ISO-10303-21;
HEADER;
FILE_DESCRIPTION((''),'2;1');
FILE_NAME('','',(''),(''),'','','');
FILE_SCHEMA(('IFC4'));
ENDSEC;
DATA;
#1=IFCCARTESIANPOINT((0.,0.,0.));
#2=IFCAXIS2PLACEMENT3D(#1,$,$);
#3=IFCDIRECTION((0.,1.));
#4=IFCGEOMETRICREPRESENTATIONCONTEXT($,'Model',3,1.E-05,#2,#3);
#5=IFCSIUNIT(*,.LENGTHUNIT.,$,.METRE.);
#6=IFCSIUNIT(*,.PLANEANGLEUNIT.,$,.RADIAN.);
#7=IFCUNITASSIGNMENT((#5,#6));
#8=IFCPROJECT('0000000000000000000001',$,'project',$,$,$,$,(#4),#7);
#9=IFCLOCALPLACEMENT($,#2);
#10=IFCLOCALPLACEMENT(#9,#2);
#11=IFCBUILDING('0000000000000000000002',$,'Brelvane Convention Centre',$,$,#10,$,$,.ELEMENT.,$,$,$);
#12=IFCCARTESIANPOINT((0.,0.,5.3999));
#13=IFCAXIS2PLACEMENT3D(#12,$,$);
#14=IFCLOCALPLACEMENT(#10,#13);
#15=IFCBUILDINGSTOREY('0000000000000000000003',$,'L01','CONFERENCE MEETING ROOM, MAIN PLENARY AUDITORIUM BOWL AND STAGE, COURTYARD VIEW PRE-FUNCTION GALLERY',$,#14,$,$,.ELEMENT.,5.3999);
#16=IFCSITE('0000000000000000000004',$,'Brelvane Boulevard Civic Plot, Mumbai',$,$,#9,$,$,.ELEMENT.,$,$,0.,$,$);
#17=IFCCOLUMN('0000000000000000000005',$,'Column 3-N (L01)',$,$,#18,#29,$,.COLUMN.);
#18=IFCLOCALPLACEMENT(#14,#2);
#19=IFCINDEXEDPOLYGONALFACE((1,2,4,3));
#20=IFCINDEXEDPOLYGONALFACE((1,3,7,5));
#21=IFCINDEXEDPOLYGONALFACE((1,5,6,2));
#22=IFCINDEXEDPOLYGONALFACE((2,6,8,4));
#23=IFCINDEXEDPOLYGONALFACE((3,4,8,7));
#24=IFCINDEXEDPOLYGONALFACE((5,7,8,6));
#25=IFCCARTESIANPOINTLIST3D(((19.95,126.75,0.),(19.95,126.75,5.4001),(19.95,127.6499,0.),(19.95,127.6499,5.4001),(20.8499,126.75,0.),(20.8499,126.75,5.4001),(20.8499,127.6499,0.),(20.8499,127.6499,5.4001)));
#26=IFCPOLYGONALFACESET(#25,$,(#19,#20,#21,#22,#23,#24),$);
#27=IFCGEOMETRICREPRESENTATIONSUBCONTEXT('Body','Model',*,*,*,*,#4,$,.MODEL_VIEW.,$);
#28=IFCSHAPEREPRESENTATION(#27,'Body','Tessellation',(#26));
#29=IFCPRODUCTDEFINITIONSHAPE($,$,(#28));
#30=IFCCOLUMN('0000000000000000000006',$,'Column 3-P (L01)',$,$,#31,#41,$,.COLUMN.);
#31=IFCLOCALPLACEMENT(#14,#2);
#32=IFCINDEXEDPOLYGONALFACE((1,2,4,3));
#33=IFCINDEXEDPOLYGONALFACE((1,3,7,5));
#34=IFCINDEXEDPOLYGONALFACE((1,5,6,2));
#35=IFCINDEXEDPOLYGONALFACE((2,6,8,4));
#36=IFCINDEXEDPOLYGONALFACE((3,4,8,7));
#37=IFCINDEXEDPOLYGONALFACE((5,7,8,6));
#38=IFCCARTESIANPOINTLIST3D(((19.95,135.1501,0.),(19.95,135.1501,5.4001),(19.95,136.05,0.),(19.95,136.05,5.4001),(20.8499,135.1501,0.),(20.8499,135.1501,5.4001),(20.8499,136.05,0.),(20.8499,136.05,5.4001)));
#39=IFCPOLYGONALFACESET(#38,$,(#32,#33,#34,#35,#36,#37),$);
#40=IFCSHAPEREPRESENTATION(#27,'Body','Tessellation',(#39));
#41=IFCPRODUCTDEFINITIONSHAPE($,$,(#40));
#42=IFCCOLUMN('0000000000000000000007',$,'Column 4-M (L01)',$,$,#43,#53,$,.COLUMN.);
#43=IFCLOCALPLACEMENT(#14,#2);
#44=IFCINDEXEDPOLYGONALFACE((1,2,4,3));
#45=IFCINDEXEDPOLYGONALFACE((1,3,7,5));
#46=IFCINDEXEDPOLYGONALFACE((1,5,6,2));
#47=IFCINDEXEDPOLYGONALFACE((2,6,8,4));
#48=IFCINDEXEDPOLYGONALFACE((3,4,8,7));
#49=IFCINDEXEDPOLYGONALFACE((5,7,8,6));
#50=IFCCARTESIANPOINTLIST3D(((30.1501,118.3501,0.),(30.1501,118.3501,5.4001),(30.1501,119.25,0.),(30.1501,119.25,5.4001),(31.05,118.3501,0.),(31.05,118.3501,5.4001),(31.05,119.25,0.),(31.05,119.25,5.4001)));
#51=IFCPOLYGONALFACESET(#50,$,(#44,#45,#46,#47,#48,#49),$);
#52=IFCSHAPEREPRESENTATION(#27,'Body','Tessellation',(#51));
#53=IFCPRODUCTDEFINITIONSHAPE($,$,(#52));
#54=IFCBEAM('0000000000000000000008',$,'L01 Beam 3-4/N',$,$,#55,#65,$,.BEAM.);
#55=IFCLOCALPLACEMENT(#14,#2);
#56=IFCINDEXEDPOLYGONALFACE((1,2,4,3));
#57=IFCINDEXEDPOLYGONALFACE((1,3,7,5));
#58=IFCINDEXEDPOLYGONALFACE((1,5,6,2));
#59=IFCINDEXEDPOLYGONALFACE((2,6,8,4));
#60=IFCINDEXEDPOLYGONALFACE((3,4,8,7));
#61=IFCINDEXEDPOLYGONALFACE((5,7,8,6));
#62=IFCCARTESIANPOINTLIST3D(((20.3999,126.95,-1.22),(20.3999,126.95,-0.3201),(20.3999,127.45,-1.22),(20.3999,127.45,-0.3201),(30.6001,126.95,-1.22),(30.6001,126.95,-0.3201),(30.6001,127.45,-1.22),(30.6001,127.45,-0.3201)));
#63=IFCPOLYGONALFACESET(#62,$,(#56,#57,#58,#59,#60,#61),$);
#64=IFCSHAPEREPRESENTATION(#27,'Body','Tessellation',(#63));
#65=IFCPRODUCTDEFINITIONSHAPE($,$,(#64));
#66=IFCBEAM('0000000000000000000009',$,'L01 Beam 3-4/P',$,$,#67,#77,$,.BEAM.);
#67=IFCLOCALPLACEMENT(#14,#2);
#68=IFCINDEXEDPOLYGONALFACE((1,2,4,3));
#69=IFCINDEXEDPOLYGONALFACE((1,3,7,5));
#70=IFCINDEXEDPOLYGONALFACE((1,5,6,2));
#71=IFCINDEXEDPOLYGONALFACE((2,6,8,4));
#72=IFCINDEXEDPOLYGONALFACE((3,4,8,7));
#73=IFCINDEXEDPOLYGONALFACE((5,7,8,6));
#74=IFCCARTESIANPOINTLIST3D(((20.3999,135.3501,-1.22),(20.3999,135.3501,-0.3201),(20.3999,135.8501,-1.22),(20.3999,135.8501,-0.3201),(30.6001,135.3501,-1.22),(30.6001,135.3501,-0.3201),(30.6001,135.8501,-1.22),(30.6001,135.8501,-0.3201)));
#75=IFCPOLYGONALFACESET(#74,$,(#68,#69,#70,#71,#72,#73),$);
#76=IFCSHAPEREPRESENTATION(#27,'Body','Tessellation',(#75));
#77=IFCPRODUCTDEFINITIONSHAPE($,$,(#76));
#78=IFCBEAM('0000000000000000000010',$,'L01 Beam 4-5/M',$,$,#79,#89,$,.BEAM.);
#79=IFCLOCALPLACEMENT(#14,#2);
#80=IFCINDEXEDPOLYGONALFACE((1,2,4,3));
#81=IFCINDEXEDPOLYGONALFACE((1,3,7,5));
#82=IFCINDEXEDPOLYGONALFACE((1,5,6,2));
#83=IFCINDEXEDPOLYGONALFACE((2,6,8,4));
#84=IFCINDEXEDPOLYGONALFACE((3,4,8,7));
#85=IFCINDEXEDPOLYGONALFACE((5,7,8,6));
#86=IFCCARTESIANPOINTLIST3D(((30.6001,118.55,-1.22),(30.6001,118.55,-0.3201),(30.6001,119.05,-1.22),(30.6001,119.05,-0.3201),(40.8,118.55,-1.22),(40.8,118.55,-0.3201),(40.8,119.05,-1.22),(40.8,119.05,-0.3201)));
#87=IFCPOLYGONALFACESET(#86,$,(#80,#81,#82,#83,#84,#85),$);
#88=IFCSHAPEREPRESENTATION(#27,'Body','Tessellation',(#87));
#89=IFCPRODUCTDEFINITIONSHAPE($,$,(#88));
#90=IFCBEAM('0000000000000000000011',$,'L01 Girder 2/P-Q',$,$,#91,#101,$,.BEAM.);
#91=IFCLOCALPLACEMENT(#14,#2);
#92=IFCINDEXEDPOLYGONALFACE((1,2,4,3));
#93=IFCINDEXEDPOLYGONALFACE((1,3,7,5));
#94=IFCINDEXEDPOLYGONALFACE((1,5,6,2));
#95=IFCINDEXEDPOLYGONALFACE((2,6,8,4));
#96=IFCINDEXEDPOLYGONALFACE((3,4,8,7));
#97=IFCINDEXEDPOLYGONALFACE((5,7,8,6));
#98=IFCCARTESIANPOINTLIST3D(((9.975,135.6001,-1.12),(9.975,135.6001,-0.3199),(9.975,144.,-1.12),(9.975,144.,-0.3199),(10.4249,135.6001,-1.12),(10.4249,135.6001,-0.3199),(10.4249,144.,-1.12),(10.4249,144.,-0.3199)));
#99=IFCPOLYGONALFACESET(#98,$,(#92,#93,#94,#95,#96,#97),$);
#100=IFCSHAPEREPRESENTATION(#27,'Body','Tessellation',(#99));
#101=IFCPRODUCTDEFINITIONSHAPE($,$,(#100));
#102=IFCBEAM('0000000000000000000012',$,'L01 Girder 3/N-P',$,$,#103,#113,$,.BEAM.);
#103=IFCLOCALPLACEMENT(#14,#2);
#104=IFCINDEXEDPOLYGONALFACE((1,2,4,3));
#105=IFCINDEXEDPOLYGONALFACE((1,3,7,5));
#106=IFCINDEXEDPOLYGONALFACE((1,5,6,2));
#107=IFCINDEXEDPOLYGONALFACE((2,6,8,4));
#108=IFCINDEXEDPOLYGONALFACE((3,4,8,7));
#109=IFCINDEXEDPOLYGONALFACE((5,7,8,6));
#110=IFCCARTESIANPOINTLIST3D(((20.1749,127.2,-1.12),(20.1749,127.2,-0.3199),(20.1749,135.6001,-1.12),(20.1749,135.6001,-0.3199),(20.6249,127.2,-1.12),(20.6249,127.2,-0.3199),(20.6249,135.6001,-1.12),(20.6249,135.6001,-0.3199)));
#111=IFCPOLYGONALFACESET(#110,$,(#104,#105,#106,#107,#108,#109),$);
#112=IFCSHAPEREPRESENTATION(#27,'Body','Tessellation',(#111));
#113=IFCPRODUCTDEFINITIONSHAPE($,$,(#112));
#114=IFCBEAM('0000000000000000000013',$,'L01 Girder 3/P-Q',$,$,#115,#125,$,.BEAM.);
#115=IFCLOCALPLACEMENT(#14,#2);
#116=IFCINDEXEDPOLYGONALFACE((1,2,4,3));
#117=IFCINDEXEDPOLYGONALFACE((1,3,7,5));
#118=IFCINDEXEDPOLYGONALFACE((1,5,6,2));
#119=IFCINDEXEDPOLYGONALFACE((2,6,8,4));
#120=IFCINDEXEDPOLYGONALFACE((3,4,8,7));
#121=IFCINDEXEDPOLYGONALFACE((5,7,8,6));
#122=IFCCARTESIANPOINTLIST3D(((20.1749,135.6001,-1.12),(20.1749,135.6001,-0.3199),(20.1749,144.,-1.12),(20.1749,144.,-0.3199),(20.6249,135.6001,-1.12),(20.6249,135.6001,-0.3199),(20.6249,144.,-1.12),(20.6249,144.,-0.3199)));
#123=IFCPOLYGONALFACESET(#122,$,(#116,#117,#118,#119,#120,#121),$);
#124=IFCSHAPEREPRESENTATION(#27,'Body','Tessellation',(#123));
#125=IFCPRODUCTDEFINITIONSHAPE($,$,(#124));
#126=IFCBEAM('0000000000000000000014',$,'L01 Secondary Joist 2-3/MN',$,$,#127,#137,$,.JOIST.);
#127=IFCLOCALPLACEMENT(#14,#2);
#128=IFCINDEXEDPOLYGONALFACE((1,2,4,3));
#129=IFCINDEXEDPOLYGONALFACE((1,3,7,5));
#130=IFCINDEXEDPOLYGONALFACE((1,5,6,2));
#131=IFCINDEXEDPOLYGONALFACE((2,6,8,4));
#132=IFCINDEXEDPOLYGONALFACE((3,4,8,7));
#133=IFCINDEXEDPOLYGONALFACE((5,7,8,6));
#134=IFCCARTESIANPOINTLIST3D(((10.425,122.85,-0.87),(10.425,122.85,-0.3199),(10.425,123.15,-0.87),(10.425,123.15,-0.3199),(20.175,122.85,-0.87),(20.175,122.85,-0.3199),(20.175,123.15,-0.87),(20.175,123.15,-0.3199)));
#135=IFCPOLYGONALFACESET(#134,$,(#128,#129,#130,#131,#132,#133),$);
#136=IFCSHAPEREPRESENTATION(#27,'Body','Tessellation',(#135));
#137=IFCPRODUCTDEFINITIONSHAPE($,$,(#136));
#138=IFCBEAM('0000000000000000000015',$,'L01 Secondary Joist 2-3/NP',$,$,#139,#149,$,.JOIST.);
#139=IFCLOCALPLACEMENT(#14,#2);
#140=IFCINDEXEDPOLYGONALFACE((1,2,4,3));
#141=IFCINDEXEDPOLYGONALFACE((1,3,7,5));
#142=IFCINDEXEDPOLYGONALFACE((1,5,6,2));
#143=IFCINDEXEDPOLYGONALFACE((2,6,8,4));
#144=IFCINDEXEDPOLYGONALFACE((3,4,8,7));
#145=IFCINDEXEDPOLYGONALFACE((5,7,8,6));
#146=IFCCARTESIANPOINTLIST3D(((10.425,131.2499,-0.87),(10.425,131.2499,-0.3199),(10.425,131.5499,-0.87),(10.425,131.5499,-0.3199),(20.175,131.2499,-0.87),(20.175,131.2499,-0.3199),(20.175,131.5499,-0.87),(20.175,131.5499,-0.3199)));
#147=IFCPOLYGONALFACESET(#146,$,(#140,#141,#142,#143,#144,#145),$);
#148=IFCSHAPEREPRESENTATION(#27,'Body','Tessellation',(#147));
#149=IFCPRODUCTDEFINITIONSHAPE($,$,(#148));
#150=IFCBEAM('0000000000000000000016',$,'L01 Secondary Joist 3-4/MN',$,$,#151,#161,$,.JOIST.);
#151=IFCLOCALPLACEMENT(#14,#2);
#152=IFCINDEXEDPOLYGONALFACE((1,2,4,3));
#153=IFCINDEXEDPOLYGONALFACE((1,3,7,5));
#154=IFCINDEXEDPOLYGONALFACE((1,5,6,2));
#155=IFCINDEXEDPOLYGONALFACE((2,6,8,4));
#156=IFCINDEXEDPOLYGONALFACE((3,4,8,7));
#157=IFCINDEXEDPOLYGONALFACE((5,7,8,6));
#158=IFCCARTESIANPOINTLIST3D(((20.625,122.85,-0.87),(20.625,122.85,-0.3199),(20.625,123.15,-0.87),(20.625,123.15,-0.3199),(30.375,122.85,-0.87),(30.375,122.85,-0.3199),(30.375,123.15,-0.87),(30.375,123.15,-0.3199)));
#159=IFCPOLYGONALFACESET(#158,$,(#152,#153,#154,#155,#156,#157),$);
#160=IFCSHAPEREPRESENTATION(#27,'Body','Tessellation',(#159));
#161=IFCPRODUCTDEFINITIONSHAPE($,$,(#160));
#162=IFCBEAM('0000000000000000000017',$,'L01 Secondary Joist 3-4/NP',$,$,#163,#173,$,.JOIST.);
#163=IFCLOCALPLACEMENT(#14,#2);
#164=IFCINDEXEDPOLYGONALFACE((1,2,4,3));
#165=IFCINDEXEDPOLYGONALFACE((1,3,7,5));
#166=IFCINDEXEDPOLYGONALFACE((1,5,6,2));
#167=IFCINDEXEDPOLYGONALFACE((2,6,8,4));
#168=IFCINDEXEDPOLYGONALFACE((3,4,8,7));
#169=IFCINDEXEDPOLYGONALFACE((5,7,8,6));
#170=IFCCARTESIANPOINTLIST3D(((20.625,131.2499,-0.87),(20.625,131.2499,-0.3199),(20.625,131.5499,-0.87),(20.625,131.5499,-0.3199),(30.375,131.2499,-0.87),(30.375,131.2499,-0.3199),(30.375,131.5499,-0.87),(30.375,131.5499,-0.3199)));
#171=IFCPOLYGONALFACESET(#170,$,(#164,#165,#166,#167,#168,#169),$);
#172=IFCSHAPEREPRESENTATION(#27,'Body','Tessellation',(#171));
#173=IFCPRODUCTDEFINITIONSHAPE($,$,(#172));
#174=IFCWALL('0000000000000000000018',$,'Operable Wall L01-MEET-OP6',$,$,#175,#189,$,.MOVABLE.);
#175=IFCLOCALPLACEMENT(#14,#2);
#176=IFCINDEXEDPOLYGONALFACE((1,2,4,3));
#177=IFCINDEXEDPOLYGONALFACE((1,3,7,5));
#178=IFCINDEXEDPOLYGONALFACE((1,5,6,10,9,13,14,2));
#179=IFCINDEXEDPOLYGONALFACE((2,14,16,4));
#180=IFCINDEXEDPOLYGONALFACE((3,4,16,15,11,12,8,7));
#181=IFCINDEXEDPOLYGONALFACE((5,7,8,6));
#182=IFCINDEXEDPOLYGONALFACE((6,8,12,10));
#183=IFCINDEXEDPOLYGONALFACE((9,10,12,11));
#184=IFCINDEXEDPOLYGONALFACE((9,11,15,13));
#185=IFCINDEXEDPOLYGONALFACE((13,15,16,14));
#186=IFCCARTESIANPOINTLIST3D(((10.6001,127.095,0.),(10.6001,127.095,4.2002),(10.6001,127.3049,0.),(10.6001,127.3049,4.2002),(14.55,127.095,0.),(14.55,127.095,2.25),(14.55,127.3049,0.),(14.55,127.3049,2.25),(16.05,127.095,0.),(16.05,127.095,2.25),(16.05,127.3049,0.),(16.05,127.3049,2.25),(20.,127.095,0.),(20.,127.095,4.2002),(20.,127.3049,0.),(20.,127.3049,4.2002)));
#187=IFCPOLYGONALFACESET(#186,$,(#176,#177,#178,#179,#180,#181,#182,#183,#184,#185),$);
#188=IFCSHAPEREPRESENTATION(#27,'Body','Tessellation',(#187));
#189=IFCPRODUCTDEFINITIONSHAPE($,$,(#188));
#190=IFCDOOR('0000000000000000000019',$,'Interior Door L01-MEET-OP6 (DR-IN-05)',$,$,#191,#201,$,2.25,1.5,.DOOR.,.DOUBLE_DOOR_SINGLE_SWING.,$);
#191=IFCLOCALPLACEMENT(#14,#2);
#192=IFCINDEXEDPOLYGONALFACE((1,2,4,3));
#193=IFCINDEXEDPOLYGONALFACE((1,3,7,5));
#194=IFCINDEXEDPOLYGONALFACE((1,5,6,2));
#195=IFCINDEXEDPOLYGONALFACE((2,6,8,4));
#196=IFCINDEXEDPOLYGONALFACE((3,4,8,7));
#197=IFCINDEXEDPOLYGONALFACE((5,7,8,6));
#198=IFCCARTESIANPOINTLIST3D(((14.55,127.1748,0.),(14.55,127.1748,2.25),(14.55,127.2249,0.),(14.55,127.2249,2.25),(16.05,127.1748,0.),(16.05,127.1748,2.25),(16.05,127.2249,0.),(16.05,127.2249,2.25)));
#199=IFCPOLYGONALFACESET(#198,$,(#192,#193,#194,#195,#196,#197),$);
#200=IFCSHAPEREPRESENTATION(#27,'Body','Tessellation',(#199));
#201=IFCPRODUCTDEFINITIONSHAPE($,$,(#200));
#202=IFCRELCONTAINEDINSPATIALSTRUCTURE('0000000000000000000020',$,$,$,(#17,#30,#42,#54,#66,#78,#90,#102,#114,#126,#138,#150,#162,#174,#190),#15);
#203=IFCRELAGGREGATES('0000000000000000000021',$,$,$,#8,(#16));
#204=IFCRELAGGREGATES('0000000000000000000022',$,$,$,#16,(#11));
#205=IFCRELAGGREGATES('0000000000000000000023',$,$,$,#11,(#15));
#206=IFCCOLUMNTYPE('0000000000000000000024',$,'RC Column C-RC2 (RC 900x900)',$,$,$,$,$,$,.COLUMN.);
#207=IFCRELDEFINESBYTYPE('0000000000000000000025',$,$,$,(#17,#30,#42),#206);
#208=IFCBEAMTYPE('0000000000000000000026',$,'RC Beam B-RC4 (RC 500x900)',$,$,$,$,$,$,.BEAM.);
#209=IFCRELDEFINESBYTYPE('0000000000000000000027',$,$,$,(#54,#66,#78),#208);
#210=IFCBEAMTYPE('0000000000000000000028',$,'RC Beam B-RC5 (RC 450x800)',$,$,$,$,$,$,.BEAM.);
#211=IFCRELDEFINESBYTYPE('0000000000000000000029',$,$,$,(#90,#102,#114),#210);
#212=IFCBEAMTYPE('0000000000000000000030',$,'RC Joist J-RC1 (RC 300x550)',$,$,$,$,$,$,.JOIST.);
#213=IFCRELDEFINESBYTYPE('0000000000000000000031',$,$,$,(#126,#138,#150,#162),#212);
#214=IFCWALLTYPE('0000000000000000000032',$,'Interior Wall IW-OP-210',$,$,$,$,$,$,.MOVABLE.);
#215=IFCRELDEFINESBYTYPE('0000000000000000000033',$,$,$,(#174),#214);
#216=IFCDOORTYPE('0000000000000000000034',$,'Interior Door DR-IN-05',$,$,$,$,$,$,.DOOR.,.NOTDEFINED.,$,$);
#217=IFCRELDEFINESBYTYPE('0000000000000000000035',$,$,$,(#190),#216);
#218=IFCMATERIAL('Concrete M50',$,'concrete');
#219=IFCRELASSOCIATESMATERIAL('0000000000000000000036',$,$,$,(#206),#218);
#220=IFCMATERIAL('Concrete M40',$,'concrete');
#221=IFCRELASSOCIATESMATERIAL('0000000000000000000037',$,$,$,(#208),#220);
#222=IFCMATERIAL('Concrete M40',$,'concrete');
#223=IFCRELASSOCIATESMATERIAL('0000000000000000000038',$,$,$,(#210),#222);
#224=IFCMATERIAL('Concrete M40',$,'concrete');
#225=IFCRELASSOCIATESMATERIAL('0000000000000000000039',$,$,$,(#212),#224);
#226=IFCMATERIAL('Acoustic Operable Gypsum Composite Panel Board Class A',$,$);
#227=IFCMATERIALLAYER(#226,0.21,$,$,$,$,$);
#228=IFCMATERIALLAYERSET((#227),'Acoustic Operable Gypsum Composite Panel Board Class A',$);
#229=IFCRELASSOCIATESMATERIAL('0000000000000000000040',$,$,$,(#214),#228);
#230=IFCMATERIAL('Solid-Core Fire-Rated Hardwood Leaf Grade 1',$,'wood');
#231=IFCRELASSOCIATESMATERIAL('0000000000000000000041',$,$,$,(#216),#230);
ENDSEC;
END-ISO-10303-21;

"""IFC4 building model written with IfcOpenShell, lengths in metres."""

from ifc_helpers import new_model, si_unit, direction, frame, frame_2d, origin, origin_2d, place, context, subcontext, project, spatial, rectangle, extrude, material, layer, layer_set, material_profile, profile_set, type_object, element, fill, save


model = new_model("IFC4")

# Units and contexts
model_context = context("Model", 3, precision=1e-05, world=origin(), true_north=direction((0.0, 1.0)))
body_context = subcontext(model_context, "Body", "Model", "MODEL_VIEW")
ifc_project = project(units=[si_unit("LENGTHUNIT", "METRE"), si_unit("PLANEANGLEUNIT", "RADIAN")], contexts=[model_context])

# Site, building, storey
site_placement = place(None, origin())
site = spatial("IfcSite", under=ifc_project, at=site_placement, Name="Brelvane Boulevard Civic Plot, Mumbai", CompositionType="ELEMENT", RefElevation=0.0)
building_placement = place(site_placement, origin())
building = spatial("IfcBuilding", under=site, at=building_placement, Name="Brelvane Convention Centre", CompositionType="ELEMENT")
storey_placement = place(building_placement, frame((0.0, 0.0, 5.3999)))
storey = spatial("IfcBuildingStorey", under=building, at=storey_placement, Name="L01", Description="CONFERENCE MEETING ROOM, MAIN PLENARY AUDITORIUM BOWL AND STAGE, COURTYARD VIEW PRE-FUNCTION GALLERY", CompositionType="ELEMENT", Elevation=5.3999)

# Columns
ifc_material_1 = material(Name="Concrete M50", Category="concrete")
ifc_material_profile_1 = material_profile(ifc_material_1, rectangle(XDim=0.8999, YDim=0.8999, at=origin_2d()), Name="RC 900x900")
ifc_profile_set_1 = profile_set([ifc_material_profile_1], Name="Concrete M50")
column_type = type_object("IfcColumnType", Name="RC Column C-RC2 (RC 900x900)", PredefinedType="COLUMN", material=ifc_profile_set_1)
for number, where, z_axis, x_axis, name in (
    (1, (20.3999, 127.2, 0.0), (0.0, 0.0, 1.0), (1.0, 0.0, 0.0), "Column 3-N (L01)"),
    (2, (20.3999, 135.6001, 0.0), (0.0, 0.0, 1.0), (1.0, 0.0, 0.0), "Column 3-P (L01)"),
    (3, (30.6001, 118.8, 0.0), (0.0, 0.0, 1.0), (1.0, 0.0, 0.0), "Column 4-M (L01)"),
):
    element("IfcColumn", number, at=place(storey_placement, frame(where, z_axis=z_axis, x_axis=x_axis)), inside=storey, type_object=column_type, Name=name, PredefinedType="COLUMN", context=body_context, shape_type="SweptSolid", body=[
        extrude(rectangle(XDim=0.8999, YDim=0.8999, at=origin_2d()), origin(), (0.0, 0.0, 1.0), 5.4001),
    ])

# Beams
ifc_material_2 = material(Name="Concrete M40", Category="concrete")
ifc_material_profile_2 = material_profile(ifc_material_2, rectangle(XDim=0.5, YDim=0.8999, at=origin_2d()), Name="RC 500x900")
ifc_profile_set_2 = profile_set([ifc_material_profile_2], Name="Concrete M40")
beam_type_1 = type_object("IfcBeamType", Name="RC Beam B-RC4 (RC 500x900)", PredefinedType="BEAM", material=ifc_profile_set_2)
for number, where, z_axis, x_axis, name in (
    (4, (20.3999, 127.2, -0.77), (1.0, 0.0, 0.0), (0.0, 1.0, 0.0), "L01 Beam 3-4/N"),
    (5, (20.3999, 135.6001, -0.77), (1.0, 0.0, 0.0), (0.0, 1.0, 0.0), "L01 Beam 3-4/P"),
):
    element("IfcBeam", number, at=place(storey_placement, frame(where, z_axis=z_axis, x_axis=x_axis)), inside=storey, type_object=beam_type_1, Name=name, PredefinedType="BEAM", context=body_context, shape_type="SweptSolid", body=[
        extrude(rectangle(XDim=0.5, YDim=0.8999, at=origin_2d()), origin(), (0.0, 0.0, 1.0), 10.2002),
    ])
beam_1_placement = place(storey_placement, frame((30.6001, 118.8, -0.77), z_axis=(1.0, 0.0, 0.0), x_axis=(0.0, 1.0, 0.0)))
element("IfcBeam", 6, at=beam_1_placement, inside=storey, type_object=beam_type_1, Name="L01 Beam 4-5/M", PredefinedType="BEAM", context=body_context, shape_type="SweptSolid", body=[
    extrude(rectangle(XDim=0.5, YDim=0.8999, at=origin_2d()), origin(), (0.0, 0.0, 1.0), 10.2),
])
ifc_material_3 = material(Name="Concrete M40", Category="concrete")
ifc_material_profile_3 = material_profile(ifc_material_3, rectangle(XDim=0.45, YDim=0.8, at=origin_2d()), Name="RC 450x800")
ifc_profile_set_3 = profile_set([ifc_material_profile_3], Name="Concrete M40")
beam_type_2 = type_object("IfcBeamType", Name="RC Beam B-RC5 (RC 450x800)", PredefinedType="BEAM", material=ifc_profile_set_3)
beam_2_placement = place(storey_placement, frame((10.2, 135.6001, -0.72), z_axis=(0.0, 1.0, 0.0), x_axis=(-1.0, 0.0, 0.0)))
element("IfcBeam", 7, at=beam_2_placement, inside=storey, type_object=beam_type_2, Name="L01 Girder 2/P-Q", PredefinedType="BEAM", context=body_context, shape_type="SweptSolid", body=[
    extrude(rectangle(XDim=0.45, YDim=0.8, at=origin_2d()), origin(), (0.0, 0.0, 1.0), 8.3999),
])
beam_3_placement = place(storey_placement, frame((20.3999, 127.2, -0.72), z_axis=(0.0, 1.0, 0.0), x_axis=(-1.0, 0.0, 0.0)))
element("IfcBeam", 8, at=beam_3_placement, inside=storey, type_object=beam_type_2, Name="L01 Girder 3/N-P", PredefinedType="BEAM", context=body_context, shape_type="SweptSolid", body=[
    extrude(rectangle(XDim=0.45, YDim=0.8, at=origin_2d()), origin(), (0.0, 0.0, 1.0), 8.4001),
])
beam_4_placement = place(storey_placement, frame((20.3999, 135.6001, -0.72), z_axis=(0.0, 1.0, 0.0), x_axis=(-1.0, 0.0, 0.0)))
element("IfcBeam", 9, at=beam_4_placement, inside=storey, type_object=beam_type_2, Name="L01 Girder 3/P-Q", PredefinedType="BEAM", context=body_context, shape_type="SweptSolid", body=[
    extrude(rectangle(XDim=0.45, YDim=0.8, at=origin_2d()), origin(), (0.0, 0.0, 1.0), 8.3999),
])
ifc_material_4 = material(Name="Concrete M40", Category="concrete")
ifc_material_profile_4 = material_profile(ifc_material_4, rectangle(XDim=0.3, YDim=0.55, at=origin_2d()), Name="RC 300x550")
ifc_profile_set_4 = profile_set([ifc_material_profile_4], Name="Concrete M40")
beam_type_3 = type_object("IfcBeamType", Name="RC Joist J-RC1 (RC 300x550)", PredefinedType="JOIST", material=ifc_profile_set_4)
for number, where, z_axis, x_axis, name in (
    (10, (10.425, 123.0, -0.595), (1.0, 0.0, 0.0), (0.0, 1.0, 0.0), "L01 Secondary Joist 2-3/MN"),
    (11, (10.425, 131.3999, -0.595), (1.0, 0.0, 0.0), (0.0, 1.0, 0.0), "L01 Secondary Joist 2-3/NP"),
    (12, (20.625, 123.0, -0.595), (1.0, 0.0, 0.0), (0.0, 1.0, 0.0), "L01 Secondary Joist 3-4/MN"),
    (13, (20.625, 131.3999, -0.595), (1.0, 0.0, 0.0), (0.0, 1.0, 0.0), "L01 Secondary Joist 3-4/NP"),
):
    element("IfcBeam", number, at=place(storey_placement, frame(where, z_axis=z_axis, x_axis=x_axis)), inside=storey, type_object=beam_type_3, Name=name, PredefinedType="JOIST", context=body_context, shape_type="SweptSolid", body=[
        extrude(rectangle(XDim=0.3, YDim=0.55, at=origin_2d()), origin(), (0.0, 0.0, 1.0), 9.75),
    ])

# Wall, opening, door
ifc_material_5 = material(Name="Acoustic Operable Gypsum Composite Panel Board Class A")
ifc_layer_1 = layer(ifc_material_5, 0.21)
ifc_layer_set_1 = layer_set([ifc_layer_1], Name="Acoustic Operable Gypsum Composite Panel Board Class A")
wall_type_1 = type_object("IfcWallType", Name="Interior Wall IW-OP-210", PredefinedType="MOVABLE", material=ifc_layer_set_1)
wall_1_placement = place(storey_placement, frame((10.6001, 127.2, 0.0), z_axis=(0.0, 0.0, 1.0), x_axis=(1.0, 0.0, 0.0)))
wall_1 = element("IfcWall", 14, at=wall_1_placement, inside=storey, type_object=wall_type_1, Name="Operable Wall L01-MEET-OP6", PredefinedType="MOVABLE", context=body_context, shape_type="SweptSolid", body=[
    extrude(rectangle(XDim=9.3999, YDim=0.21, at=frame_2d((4.7, 0.0))), origin(), (0.0, 0.0, 1.0), 4.2002),
])
opening_1_placement = place(wall_1_placement, frame((3.95, 0.0, 0.0)))
opening_1 = element("IfcOpeningElement", 15, at=opening_1_placement, cuts=wall_1, PredefinedType="OPENING", context=body_context, shape_type="SweptSolid", body=[
    extrude(rectangle(XDim=1.5, YDim=2.25, at=frame_2d((0.75, 1.125))), frame((0.0, 0.115, 0.0), z_axis=(0.0, -1.0, 0.0), x_axis=(1.0, 0.0, 0.0)), (0.0, 0.0, 1.0), 0.23),
])
ifc_material_6 = material(Name="Solid-Core Fire-Rated Hardwood Leaf Grade 1", Category="wood")
door_type_1 = type_object("IfcDoorType", Name="Interior Door DR-IN-05", OperationType="NOTDEFINED", PredefinedType="DOOR", material=ifc_material_6)
door_1_placement = place(opening_1_placement, origin())
door_1 = element("IfcDoor", 16, at=door_1_placement, inside=storey, type_object=door_type_1, Name="Interior Door L01-MEET-OP6 (DR-IN-05)", OperationType="DOUBLE_DOOR_SINGLE_SWING", OverallHeight=2.25, OverallWidth=1.5, PredefinedType="DOOR", context=body_context, shape_type="SweptSolid", body=[
    extrude(rectangle(XDim=1.5, YDim=2.25, at=frame_2d((0.75, 1.125))), frame((0.0, 0.0249, 0.0), z_axis=(0.0, -1.0, 0.0), x_axis=(1.0, 0.0, 0.0)), (0.0, 0.0, 1.0), 0.05),
])
fill(opening_1, door_1)

save(model, "model.ifc")
